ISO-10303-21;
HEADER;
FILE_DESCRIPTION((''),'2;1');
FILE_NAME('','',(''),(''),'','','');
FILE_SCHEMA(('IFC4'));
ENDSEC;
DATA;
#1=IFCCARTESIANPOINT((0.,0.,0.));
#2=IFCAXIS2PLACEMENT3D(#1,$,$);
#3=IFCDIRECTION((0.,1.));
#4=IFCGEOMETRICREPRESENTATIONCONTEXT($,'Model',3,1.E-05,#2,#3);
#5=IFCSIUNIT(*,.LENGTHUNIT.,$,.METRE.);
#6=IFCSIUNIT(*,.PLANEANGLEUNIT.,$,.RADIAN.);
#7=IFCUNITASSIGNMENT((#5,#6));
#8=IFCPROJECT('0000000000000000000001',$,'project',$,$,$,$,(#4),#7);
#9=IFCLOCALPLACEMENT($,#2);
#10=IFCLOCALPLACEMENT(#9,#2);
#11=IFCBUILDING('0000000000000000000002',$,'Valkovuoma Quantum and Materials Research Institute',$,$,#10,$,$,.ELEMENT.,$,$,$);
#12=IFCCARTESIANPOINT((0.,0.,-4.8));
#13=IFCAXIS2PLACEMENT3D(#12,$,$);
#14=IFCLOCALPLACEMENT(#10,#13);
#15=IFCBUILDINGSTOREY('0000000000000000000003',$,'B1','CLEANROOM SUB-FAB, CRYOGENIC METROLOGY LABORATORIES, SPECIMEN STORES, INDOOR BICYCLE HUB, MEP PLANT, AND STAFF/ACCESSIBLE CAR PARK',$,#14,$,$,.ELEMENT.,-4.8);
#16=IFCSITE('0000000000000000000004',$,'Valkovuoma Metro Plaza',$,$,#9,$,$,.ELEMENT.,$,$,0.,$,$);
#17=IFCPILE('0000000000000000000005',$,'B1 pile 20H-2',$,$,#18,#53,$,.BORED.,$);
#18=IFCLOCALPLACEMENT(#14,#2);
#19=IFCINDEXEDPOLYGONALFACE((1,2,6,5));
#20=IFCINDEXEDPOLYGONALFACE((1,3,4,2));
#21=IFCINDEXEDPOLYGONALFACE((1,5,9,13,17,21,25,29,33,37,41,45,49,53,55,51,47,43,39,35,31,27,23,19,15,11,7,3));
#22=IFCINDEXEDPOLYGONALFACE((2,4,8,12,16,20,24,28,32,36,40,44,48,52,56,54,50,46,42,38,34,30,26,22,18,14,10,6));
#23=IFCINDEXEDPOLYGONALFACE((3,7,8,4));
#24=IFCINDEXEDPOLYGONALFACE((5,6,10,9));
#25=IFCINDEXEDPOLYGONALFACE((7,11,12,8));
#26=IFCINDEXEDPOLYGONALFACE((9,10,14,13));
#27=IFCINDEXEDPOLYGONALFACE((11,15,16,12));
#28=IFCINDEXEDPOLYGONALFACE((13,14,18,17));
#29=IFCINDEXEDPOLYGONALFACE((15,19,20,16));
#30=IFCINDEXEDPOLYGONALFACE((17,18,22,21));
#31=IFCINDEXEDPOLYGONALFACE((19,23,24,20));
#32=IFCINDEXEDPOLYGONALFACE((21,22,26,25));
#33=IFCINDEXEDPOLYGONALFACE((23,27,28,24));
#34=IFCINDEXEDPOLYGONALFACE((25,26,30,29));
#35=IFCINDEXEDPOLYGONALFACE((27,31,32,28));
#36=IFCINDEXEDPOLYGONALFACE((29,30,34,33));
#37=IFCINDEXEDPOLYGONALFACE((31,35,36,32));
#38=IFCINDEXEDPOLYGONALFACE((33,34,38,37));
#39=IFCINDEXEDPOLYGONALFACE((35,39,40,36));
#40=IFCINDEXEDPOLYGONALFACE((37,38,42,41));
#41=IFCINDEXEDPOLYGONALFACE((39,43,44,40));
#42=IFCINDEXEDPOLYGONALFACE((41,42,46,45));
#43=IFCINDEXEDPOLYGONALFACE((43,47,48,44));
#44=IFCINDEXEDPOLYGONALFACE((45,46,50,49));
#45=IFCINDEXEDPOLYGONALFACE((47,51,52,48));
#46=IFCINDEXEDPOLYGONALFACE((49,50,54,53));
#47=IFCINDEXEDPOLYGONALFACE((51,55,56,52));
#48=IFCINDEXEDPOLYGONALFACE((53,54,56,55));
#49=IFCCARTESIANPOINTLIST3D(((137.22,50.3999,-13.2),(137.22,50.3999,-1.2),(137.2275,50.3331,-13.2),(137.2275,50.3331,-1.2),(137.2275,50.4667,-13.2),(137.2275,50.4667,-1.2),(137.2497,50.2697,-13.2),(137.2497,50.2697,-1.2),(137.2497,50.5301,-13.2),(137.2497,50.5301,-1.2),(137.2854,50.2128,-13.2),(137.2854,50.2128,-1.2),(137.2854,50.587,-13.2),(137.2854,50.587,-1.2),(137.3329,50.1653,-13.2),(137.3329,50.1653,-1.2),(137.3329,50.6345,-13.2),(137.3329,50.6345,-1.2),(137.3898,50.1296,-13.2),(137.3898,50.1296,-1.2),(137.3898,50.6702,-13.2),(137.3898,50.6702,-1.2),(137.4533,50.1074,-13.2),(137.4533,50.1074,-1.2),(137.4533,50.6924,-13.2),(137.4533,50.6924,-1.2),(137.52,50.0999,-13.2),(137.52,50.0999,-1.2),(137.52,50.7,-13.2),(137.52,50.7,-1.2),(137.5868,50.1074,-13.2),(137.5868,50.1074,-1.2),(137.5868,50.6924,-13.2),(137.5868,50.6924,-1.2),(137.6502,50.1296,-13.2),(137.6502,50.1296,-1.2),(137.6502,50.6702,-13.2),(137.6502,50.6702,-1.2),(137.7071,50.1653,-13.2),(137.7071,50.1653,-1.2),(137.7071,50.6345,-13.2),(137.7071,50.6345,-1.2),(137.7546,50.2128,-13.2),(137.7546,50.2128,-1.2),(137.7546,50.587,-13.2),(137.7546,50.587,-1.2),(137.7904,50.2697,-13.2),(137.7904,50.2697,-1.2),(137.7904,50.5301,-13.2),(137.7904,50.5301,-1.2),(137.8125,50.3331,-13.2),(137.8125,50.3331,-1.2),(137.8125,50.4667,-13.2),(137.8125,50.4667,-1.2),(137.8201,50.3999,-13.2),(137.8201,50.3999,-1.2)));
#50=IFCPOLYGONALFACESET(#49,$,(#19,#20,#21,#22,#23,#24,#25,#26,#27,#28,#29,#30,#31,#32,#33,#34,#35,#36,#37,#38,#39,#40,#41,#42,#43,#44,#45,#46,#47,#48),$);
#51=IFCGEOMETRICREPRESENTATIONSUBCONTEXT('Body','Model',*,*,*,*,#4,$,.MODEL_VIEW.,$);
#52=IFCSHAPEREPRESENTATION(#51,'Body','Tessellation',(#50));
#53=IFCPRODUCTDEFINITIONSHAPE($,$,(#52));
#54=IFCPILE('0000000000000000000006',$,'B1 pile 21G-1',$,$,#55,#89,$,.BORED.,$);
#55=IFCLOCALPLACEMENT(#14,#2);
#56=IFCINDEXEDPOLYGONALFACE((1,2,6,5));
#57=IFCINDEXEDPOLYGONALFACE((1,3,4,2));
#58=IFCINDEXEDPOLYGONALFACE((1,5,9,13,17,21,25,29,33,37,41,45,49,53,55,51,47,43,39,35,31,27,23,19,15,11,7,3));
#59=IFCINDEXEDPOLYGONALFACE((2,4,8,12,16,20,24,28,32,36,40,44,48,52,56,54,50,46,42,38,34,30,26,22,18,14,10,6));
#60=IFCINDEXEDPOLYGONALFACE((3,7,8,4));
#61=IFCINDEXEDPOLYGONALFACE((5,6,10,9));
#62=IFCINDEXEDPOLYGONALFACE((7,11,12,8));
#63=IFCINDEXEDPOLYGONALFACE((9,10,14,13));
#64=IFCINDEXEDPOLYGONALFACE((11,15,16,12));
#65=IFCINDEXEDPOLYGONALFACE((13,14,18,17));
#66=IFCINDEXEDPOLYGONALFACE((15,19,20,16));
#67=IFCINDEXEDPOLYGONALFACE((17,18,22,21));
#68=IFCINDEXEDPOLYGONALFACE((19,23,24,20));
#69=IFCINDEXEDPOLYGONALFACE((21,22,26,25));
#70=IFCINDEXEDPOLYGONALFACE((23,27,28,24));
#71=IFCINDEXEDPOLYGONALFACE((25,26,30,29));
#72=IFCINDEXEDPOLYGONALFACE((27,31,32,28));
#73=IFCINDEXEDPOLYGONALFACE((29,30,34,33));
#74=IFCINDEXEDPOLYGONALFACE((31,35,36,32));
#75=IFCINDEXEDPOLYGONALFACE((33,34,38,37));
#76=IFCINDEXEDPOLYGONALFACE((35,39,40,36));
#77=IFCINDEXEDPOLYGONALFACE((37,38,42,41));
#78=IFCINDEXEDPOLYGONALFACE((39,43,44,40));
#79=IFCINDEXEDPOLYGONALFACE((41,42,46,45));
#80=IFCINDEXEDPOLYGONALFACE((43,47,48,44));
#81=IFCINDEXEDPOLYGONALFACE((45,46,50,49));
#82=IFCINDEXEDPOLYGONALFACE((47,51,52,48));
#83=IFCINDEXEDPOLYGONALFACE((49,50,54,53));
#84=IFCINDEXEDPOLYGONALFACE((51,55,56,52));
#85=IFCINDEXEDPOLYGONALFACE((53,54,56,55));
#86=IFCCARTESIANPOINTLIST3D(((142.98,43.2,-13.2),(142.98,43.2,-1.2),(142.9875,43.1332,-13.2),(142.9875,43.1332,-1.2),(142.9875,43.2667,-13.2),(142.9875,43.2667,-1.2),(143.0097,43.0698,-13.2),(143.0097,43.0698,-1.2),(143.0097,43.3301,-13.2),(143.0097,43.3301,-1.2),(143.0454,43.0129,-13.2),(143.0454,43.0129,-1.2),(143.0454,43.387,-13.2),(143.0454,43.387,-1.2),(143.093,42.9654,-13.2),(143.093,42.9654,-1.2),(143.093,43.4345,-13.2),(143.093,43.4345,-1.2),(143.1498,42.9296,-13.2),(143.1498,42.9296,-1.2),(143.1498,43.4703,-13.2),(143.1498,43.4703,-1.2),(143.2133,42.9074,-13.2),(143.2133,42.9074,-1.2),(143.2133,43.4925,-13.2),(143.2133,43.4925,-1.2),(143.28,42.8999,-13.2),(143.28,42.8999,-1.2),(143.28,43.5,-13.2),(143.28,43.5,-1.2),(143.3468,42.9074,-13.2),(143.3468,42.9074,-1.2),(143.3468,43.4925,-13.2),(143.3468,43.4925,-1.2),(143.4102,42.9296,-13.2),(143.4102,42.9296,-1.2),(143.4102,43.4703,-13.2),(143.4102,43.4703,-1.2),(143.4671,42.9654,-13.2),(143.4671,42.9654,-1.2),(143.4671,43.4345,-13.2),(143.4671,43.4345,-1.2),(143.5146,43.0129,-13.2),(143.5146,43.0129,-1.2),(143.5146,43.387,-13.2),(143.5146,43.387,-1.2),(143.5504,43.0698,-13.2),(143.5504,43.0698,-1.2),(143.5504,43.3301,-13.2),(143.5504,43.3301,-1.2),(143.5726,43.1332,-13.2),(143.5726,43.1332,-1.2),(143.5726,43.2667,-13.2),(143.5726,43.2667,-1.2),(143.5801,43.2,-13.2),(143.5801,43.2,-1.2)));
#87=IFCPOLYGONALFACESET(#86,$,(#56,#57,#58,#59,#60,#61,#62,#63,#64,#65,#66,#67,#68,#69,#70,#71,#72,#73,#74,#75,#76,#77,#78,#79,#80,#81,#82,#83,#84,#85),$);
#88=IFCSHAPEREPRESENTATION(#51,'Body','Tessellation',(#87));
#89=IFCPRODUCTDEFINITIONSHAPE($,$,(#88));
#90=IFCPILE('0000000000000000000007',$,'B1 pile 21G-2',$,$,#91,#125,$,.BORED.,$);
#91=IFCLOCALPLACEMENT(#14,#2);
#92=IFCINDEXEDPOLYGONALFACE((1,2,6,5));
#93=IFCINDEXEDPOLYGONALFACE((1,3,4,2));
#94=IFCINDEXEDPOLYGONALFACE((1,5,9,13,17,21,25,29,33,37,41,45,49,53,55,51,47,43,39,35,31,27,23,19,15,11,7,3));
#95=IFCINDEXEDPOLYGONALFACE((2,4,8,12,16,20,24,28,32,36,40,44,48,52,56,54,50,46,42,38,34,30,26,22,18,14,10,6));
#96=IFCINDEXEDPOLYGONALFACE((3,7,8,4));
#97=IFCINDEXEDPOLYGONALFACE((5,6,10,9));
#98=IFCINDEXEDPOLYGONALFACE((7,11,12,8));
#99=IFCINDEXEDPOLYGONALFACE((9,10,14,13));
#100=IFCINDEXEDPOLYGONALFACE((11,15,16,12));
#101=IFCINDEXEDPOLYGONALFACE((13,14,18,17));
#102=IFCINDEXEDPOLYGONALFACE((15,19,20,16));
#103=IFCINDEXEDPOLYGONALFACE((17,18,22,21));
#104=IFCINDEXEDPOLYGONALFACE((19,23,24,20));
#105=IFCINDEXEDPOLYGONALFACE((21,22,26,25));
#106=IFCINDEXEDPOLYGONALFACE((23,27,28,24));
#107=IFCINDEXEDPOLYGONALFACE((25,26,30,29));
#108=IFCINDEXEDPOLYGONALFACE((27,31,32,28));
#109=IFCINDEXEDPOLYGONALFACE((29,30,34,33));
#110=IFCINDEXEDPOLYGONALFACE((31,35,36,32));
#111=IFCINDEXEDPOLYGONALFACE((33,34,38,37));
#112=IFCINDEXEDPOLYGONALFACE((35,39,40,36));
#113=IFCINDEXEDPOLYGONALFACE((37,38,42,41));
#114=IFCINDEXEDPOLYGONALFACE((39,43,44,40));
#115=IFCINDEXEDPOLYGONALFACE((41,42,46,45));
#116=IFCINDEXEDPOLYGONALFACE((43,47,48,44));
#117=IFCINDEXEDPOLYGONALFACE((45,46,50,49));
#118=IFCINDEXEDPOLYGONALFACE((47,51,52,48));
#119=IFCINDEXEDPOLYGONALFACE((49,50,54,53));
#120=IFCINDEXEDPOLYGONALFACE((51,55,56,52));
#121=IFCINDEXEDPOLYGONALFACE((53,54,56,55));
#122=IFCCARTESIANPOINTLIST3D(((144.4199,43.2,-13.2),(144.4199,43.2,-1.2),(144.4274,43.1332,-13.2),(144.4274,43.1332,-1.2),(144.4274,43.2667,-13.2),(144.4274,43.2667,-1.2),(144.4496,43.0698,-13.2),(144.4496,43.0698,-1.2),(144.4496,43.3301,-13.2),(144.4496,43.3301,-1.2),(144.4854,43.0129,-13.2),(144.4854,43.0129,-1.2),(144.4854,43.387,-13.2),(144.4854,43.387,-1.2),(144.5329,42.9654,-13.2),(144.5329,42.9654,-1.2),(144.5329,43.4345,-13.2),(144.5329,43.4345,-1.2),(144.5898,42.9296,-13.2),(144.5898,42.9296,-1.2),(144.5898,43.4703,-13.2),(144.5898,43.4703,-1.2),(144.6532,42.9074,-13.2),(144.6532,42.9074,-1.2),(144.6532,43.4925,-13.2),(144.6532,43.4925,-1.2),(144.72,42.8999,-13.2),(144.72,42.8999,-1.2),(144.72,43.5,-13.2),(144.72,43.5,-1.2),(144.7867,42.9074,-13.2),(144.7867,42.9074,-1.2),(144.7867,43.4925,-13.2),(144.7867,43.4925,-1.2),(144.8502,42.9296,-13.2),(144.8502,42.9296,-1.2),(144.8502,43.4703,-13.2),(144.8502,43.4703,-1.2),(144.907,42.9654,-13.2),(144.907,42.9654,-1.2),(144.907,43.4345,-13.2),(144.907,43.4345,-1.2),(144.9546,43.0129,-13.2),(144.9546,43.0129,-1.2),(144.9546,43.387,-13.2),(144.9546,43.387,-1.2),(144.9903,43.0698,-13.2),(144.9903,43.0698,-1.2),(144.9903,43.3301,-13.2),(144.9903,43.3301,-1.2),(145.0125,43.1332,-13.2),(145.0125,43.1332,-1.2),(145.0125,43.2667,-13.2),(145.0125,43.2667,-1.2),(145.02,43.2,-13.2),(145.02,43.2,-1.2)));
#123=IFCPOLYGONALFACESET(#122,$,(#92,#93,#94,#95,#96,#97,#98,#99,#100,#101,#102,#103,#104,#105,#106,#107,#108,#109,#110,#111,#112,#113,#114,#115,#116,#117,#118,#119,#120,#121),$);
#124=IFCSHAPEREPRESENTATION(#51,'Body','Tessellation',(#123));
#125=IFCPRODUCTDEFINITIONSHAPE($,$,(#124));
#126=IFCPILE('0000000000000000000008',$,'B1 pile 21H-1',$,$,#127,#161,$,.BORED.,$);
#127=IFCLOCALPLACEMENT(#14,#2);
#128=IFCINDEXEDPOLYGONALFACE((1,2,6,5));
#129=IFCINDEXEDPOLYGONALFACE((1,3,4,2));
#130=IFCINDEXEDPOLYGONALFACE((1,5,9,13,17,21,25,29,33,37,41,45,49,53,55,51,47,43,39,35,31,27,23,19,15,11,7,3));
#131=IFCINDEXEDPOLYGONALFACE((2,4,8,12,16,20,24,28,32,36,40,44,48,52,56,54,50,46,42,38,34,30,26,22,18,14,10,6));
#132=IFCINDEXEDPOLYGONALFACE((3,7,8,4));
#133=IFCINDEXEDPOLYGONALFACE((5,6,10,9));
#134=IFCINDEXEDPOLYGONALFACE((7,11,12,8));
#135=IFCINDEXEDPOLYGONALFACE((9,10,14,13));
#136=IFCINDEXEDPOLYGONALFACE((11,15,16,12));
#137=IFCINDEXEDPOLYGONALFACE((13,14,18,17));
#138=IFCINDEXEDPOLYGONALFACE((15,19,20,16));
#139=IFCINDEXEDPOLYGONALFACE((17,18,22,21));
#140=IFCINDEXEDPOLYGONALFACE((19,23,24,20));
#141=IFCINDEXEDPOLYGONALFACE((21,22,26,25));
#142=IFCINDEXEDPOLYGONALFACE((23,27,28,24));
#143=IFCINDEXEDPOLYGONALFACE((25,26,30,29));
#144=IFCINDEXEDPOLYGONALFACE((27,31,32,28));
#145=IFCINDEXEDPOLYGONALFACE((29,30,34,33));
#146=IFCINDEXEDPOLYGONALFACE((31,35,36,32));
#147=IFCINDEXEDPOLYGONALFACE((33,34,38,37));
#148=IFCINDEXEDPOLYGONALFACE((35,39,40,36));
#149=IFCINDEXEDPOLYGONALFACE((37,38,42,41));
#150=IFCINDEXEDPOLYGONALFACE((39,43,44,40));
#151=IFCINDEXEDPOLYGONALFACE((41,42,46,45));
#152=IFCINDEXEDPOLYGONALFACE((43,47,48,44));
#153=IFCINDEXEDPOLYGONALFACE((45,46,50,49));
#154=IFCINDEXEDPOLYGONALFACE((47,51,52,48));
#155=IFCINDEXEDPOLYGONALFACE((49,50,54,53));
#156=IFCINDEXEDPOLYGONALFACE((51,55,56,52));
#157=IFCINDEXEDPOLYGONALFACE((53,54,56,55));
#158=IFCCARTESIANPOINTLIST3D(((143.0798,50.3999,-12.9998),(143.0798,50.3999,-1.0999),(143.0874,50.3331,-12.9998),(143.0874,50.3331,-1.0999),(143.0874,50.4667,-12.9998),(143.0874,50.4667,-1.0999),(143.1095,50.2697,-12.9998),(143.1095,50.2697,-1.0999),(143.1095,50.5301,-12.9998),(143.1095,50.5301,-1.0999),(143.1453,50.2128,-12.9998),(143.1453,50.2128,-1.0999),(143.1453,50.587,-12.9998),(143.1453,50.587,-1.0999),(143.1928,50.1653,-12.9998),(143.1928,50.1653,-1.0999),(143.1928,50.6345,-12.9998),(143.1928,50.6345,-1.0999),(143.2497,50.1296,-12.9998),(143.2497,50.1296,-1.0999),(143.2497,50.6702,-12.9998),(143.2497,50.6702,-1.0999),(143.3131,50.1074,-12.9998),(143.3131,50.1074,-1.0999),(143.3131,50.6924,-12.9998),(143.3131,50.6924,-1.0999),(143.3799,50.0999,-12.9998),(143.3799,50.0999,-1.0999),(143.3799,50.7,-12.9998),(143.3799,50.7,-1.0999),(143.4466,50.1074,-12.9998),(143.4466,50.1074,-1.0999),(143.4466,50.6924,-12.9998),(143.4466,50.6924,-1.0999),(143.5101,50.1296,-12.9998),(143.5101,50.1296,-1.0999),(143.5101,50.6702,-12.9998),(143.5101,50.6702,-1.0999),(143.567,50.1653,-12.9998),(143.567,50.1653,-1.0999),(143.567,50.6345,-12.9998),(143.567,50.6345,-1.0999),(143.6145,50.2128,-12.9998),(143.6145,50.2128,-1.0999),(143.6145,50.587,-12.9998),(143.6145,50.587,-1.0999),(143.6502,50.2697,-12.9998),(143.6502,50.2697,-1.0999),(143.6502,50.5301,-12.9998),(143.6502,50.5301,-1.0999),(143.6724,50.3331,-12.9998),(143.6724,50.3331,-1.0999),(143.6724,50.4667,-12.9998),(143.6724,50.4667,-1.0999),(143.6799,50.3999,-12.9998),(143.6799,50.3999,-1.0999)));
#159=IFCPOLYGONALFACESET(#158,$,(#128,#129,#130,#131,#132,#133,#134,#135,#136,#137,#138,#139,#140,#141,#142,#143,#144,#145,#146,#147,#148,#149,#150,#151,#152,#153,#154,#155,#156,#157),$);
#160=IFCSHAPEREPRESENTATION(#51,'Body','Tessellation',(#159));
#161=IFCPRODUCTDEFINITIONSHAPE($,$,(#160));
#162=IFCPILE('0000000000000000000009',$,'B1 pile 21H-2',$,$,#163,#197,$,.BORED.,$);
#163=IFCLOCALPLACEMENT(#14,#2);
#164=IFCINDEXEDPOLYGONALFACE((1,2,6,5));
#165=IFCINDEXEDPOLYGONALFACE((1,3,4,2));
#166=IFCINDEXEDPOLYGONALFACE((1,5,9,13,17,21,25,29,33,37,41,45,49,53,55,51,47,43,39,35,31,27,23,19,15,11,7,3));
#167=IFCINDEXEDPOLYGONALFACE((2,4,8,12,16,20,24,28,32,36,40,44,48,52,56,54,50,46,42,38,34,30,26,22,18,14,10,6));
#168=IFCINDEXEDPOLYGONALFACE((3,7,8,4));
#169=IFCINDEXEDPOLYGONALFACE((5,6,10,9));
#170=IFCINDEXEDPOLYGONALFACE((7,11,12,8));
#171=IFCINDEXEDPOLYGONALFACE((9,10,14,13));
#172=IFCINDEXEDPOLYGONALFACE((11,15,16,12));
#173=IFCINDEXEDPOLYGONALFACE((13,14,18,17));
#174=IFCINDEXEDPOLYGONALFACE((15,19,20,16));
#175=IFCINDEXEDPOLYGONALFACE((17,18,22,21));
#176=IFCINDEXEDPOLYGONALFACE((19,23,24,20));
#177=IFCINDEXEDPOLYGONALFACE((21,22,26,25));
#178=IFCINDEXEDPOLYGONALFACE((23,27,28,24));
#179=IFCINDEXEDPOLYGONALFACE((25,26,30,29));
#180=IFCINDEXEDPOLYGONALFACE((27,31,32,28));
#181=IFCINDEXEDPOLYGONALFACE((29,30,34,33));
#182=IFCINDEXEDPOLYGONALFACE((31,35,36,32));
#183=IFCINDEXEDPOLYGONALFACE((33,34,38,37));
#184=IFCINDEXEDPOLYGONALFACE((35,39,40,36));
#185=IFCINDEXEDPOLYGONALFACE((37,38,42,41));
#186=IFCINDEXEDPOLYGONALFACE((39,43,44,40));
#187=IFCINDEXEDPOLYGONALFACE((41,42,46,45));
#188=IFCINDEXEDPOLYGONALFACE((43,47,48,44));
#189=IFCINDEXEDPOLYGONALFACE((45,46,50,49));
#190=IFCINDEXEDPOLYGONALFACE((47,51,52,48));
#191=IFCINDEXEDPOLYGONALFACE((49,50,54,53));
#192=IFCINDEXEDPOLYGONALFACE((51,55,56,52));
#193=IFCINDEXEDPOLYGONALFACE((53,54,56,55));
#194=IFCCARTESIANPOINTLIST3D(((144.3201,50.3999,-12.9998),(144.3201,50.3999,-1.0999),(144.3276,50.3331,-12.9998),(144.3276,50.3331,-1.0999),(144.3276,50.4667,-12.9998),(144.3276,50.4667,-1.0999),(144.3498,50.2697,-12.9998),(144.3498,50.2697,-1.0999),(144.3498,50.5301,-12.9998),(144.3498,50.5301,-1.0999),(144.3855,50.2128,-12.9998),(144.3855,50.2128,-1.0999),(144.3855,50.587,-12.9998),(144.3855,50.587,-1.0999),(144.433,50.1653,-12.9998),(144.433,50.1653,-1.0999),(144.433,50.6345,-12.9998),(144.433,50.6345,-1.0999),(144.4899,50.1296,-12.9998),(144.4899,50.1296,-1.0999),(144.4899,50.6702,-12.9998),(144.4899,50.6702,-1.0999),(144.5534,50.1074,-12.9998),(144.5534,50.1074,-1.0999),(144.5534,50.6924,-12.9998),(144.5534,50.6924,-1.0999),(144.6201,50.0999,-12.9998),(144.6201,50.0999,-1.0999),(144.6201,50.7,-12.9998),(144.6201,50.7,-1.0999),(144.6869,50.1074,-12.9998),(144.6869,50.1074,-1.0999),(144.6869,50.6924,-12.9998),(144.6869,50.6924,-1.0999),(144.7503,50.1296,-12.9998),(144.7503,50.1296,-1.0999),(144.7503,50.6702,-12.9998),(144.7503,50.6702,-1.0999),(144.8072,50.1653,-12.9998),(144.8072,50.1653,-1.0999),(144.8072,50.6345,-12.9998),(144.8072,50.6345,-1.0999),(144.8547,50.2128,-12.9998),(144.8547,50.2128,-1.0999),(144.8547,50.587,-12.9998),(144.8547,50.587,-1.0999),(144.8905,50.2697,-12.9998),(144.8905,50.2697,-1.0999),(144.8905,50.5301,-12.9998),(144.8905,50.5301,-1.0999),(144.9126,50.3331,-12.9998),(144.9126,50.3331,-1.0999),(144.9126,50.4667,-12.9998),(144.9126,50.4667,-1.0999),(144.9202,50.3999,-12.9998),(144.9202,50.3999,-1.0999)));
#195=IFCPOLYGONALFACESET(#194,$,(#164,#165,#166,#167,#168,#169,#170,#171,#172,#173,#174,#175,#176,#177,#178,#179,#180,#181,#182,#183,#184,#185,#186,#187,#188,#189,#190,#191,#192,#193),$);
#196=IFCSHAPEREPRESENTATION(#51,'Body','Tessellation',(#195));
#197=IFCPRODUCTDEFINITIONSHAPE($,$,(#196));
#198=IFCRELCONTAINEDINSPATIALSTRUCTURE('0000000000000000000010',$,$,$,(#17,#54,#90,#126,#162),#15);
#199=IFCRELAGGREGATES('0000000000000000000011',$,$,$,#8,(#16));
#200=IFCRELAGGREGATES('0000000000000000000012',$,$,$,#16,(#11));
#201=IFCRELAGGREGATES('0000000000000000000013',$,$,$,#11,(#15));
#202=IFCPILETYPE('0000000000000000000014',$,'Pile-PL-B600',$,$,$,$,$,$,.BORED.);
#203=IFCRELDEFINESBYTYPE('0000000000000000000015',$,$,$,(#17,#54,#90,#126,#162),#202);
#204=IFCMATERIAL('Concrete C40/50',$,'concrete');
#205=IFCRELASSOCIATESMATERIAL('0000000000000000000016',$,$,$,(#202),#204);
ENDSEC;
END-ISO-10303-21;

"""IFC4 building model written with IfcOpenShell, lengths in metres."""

from ifc_helpers import new_model, si_unit, direction, frame, origin, origin_2d, place, context, subcontext, project, spatial, circle, extrude, material, material_profile, profile_set, type_object, element, save


model = new_model("IFC4")

# Units and contexts
model_context = context("Model", 3, precision=1e-05, world=origin(), true_north=direction((0.0, 1.0)))
body_context = subcontext(model_context, "Body", "Model", "MODEL_VIEW")
ifc_project = project(units=[si_unit("LENGTHUNIT", "METRE"), si_unit("PLANEANGLEUNIT", "RADIAN")], contexts=[model_context])

# Site, building, storey
site_placement = place(None, origin())
site = spatial("IfcSite", under=ifc_project, at=site_placement, Name="Valkovuoma Metro Plaza", CompositionType="ELEMENT", RefElevation=0.0)
building_placement = place(site_placement, origin())
building = spatial("IfcBuilding", under=site, at=building_placement, Name="Valkovuoma Quantum and Materials Research Institute", CompositionType="ELEMENT")
storey_placement = place(building_placement, frame((0.0, 0.0, -4.8)))
storey = spatial("IfcBuildingStorey", under=building, at=storey_placement, Name="B1", Description="CLEANROOM SUB-FAB, CRYOGENIC METROLOGY LABORATORIES, SPECIMEN STORES, INDOOR BICYCLE HUB, MEP PLANT, AND STAFF/ACCESSIBLE CAR PARK", CompositionType="ELEMENT", Elevation=-4.8)

# Piles
ifc_material_1 = material(Name="Concrete C40/50", Category="concrete")
ifc_material_profile_1 = material_profile(ifc_material_1, circle(Radius=0.3, at=origin_2d()), Name="Concrete C40/50")
ifc_profile_set_1 = profile_set([ifc_material_profile_1], Name="Concrete C40/50")
pile_type_1 = type_object("IfcPileType", Name="Pile-PL-B600", PredefinedType="BORED", material=ifc_profile_set_1)
for number, where, z_axis, x_axis, name in (
    (1, (137.52, 50.3999, -1.2), (0.0, 0.0, -1.0), (1.0, 0.0, 0.0), "B1 pile 20H-2"),
    (2, (143.28, 43.2, -1.2), (0.0, 0.0, -1.0), (1.0, 0.0, 0.0), "B1 pile 21G-1"),
    (3, (144.72, 43.2, -1.2), (0.0, 0.0, -1.0), (1.0, 0.0, 0.0), "B1 pile 21G-2"),
):
    element("IfcPile", number, at=place(storey_placement, frame(where, z_axis=z_axis, x_axis=x_axis)), inside=storey, type_object=pile_type_1, Name=name, PredefinedType="BORED", context=body_context, shape_type="SweptSolid", body=[
        extrude(circle(Radius=0.3, at=origin_2d()), origin(), (0.0, 0.0, 1.0), 12.0),
    ])
for number, where, z_axis, x_axis, name in (
    (4, (143.3799, 50.3999, -1.0999), (0.0, 0.0, -1.0), (1.0, 0.0, 0.0), "B1 pile 21H-1"),
    (5, (144.6201, 50.3999, -1.0999), (0.0, 0.0, -1.0), (1.0, 0.0, 0.0), "B1 pile 21H-2"),
):
    element("IfcPile", number, at=place(storey_placement, frame(where, z_axis=z_axis, x_axis=x_axis)), inside=storey, type_object=pile_type_1, Name=name, PredefinedType="BORED", context=body_context, shape_type="SweptSolid", body=[
        extrude(circle(Radius=0.3, at=origin_2d()), origin(), (0.0, 0.0, 1.0), 11.8999),
    ])

save(model, "model.ifc")
